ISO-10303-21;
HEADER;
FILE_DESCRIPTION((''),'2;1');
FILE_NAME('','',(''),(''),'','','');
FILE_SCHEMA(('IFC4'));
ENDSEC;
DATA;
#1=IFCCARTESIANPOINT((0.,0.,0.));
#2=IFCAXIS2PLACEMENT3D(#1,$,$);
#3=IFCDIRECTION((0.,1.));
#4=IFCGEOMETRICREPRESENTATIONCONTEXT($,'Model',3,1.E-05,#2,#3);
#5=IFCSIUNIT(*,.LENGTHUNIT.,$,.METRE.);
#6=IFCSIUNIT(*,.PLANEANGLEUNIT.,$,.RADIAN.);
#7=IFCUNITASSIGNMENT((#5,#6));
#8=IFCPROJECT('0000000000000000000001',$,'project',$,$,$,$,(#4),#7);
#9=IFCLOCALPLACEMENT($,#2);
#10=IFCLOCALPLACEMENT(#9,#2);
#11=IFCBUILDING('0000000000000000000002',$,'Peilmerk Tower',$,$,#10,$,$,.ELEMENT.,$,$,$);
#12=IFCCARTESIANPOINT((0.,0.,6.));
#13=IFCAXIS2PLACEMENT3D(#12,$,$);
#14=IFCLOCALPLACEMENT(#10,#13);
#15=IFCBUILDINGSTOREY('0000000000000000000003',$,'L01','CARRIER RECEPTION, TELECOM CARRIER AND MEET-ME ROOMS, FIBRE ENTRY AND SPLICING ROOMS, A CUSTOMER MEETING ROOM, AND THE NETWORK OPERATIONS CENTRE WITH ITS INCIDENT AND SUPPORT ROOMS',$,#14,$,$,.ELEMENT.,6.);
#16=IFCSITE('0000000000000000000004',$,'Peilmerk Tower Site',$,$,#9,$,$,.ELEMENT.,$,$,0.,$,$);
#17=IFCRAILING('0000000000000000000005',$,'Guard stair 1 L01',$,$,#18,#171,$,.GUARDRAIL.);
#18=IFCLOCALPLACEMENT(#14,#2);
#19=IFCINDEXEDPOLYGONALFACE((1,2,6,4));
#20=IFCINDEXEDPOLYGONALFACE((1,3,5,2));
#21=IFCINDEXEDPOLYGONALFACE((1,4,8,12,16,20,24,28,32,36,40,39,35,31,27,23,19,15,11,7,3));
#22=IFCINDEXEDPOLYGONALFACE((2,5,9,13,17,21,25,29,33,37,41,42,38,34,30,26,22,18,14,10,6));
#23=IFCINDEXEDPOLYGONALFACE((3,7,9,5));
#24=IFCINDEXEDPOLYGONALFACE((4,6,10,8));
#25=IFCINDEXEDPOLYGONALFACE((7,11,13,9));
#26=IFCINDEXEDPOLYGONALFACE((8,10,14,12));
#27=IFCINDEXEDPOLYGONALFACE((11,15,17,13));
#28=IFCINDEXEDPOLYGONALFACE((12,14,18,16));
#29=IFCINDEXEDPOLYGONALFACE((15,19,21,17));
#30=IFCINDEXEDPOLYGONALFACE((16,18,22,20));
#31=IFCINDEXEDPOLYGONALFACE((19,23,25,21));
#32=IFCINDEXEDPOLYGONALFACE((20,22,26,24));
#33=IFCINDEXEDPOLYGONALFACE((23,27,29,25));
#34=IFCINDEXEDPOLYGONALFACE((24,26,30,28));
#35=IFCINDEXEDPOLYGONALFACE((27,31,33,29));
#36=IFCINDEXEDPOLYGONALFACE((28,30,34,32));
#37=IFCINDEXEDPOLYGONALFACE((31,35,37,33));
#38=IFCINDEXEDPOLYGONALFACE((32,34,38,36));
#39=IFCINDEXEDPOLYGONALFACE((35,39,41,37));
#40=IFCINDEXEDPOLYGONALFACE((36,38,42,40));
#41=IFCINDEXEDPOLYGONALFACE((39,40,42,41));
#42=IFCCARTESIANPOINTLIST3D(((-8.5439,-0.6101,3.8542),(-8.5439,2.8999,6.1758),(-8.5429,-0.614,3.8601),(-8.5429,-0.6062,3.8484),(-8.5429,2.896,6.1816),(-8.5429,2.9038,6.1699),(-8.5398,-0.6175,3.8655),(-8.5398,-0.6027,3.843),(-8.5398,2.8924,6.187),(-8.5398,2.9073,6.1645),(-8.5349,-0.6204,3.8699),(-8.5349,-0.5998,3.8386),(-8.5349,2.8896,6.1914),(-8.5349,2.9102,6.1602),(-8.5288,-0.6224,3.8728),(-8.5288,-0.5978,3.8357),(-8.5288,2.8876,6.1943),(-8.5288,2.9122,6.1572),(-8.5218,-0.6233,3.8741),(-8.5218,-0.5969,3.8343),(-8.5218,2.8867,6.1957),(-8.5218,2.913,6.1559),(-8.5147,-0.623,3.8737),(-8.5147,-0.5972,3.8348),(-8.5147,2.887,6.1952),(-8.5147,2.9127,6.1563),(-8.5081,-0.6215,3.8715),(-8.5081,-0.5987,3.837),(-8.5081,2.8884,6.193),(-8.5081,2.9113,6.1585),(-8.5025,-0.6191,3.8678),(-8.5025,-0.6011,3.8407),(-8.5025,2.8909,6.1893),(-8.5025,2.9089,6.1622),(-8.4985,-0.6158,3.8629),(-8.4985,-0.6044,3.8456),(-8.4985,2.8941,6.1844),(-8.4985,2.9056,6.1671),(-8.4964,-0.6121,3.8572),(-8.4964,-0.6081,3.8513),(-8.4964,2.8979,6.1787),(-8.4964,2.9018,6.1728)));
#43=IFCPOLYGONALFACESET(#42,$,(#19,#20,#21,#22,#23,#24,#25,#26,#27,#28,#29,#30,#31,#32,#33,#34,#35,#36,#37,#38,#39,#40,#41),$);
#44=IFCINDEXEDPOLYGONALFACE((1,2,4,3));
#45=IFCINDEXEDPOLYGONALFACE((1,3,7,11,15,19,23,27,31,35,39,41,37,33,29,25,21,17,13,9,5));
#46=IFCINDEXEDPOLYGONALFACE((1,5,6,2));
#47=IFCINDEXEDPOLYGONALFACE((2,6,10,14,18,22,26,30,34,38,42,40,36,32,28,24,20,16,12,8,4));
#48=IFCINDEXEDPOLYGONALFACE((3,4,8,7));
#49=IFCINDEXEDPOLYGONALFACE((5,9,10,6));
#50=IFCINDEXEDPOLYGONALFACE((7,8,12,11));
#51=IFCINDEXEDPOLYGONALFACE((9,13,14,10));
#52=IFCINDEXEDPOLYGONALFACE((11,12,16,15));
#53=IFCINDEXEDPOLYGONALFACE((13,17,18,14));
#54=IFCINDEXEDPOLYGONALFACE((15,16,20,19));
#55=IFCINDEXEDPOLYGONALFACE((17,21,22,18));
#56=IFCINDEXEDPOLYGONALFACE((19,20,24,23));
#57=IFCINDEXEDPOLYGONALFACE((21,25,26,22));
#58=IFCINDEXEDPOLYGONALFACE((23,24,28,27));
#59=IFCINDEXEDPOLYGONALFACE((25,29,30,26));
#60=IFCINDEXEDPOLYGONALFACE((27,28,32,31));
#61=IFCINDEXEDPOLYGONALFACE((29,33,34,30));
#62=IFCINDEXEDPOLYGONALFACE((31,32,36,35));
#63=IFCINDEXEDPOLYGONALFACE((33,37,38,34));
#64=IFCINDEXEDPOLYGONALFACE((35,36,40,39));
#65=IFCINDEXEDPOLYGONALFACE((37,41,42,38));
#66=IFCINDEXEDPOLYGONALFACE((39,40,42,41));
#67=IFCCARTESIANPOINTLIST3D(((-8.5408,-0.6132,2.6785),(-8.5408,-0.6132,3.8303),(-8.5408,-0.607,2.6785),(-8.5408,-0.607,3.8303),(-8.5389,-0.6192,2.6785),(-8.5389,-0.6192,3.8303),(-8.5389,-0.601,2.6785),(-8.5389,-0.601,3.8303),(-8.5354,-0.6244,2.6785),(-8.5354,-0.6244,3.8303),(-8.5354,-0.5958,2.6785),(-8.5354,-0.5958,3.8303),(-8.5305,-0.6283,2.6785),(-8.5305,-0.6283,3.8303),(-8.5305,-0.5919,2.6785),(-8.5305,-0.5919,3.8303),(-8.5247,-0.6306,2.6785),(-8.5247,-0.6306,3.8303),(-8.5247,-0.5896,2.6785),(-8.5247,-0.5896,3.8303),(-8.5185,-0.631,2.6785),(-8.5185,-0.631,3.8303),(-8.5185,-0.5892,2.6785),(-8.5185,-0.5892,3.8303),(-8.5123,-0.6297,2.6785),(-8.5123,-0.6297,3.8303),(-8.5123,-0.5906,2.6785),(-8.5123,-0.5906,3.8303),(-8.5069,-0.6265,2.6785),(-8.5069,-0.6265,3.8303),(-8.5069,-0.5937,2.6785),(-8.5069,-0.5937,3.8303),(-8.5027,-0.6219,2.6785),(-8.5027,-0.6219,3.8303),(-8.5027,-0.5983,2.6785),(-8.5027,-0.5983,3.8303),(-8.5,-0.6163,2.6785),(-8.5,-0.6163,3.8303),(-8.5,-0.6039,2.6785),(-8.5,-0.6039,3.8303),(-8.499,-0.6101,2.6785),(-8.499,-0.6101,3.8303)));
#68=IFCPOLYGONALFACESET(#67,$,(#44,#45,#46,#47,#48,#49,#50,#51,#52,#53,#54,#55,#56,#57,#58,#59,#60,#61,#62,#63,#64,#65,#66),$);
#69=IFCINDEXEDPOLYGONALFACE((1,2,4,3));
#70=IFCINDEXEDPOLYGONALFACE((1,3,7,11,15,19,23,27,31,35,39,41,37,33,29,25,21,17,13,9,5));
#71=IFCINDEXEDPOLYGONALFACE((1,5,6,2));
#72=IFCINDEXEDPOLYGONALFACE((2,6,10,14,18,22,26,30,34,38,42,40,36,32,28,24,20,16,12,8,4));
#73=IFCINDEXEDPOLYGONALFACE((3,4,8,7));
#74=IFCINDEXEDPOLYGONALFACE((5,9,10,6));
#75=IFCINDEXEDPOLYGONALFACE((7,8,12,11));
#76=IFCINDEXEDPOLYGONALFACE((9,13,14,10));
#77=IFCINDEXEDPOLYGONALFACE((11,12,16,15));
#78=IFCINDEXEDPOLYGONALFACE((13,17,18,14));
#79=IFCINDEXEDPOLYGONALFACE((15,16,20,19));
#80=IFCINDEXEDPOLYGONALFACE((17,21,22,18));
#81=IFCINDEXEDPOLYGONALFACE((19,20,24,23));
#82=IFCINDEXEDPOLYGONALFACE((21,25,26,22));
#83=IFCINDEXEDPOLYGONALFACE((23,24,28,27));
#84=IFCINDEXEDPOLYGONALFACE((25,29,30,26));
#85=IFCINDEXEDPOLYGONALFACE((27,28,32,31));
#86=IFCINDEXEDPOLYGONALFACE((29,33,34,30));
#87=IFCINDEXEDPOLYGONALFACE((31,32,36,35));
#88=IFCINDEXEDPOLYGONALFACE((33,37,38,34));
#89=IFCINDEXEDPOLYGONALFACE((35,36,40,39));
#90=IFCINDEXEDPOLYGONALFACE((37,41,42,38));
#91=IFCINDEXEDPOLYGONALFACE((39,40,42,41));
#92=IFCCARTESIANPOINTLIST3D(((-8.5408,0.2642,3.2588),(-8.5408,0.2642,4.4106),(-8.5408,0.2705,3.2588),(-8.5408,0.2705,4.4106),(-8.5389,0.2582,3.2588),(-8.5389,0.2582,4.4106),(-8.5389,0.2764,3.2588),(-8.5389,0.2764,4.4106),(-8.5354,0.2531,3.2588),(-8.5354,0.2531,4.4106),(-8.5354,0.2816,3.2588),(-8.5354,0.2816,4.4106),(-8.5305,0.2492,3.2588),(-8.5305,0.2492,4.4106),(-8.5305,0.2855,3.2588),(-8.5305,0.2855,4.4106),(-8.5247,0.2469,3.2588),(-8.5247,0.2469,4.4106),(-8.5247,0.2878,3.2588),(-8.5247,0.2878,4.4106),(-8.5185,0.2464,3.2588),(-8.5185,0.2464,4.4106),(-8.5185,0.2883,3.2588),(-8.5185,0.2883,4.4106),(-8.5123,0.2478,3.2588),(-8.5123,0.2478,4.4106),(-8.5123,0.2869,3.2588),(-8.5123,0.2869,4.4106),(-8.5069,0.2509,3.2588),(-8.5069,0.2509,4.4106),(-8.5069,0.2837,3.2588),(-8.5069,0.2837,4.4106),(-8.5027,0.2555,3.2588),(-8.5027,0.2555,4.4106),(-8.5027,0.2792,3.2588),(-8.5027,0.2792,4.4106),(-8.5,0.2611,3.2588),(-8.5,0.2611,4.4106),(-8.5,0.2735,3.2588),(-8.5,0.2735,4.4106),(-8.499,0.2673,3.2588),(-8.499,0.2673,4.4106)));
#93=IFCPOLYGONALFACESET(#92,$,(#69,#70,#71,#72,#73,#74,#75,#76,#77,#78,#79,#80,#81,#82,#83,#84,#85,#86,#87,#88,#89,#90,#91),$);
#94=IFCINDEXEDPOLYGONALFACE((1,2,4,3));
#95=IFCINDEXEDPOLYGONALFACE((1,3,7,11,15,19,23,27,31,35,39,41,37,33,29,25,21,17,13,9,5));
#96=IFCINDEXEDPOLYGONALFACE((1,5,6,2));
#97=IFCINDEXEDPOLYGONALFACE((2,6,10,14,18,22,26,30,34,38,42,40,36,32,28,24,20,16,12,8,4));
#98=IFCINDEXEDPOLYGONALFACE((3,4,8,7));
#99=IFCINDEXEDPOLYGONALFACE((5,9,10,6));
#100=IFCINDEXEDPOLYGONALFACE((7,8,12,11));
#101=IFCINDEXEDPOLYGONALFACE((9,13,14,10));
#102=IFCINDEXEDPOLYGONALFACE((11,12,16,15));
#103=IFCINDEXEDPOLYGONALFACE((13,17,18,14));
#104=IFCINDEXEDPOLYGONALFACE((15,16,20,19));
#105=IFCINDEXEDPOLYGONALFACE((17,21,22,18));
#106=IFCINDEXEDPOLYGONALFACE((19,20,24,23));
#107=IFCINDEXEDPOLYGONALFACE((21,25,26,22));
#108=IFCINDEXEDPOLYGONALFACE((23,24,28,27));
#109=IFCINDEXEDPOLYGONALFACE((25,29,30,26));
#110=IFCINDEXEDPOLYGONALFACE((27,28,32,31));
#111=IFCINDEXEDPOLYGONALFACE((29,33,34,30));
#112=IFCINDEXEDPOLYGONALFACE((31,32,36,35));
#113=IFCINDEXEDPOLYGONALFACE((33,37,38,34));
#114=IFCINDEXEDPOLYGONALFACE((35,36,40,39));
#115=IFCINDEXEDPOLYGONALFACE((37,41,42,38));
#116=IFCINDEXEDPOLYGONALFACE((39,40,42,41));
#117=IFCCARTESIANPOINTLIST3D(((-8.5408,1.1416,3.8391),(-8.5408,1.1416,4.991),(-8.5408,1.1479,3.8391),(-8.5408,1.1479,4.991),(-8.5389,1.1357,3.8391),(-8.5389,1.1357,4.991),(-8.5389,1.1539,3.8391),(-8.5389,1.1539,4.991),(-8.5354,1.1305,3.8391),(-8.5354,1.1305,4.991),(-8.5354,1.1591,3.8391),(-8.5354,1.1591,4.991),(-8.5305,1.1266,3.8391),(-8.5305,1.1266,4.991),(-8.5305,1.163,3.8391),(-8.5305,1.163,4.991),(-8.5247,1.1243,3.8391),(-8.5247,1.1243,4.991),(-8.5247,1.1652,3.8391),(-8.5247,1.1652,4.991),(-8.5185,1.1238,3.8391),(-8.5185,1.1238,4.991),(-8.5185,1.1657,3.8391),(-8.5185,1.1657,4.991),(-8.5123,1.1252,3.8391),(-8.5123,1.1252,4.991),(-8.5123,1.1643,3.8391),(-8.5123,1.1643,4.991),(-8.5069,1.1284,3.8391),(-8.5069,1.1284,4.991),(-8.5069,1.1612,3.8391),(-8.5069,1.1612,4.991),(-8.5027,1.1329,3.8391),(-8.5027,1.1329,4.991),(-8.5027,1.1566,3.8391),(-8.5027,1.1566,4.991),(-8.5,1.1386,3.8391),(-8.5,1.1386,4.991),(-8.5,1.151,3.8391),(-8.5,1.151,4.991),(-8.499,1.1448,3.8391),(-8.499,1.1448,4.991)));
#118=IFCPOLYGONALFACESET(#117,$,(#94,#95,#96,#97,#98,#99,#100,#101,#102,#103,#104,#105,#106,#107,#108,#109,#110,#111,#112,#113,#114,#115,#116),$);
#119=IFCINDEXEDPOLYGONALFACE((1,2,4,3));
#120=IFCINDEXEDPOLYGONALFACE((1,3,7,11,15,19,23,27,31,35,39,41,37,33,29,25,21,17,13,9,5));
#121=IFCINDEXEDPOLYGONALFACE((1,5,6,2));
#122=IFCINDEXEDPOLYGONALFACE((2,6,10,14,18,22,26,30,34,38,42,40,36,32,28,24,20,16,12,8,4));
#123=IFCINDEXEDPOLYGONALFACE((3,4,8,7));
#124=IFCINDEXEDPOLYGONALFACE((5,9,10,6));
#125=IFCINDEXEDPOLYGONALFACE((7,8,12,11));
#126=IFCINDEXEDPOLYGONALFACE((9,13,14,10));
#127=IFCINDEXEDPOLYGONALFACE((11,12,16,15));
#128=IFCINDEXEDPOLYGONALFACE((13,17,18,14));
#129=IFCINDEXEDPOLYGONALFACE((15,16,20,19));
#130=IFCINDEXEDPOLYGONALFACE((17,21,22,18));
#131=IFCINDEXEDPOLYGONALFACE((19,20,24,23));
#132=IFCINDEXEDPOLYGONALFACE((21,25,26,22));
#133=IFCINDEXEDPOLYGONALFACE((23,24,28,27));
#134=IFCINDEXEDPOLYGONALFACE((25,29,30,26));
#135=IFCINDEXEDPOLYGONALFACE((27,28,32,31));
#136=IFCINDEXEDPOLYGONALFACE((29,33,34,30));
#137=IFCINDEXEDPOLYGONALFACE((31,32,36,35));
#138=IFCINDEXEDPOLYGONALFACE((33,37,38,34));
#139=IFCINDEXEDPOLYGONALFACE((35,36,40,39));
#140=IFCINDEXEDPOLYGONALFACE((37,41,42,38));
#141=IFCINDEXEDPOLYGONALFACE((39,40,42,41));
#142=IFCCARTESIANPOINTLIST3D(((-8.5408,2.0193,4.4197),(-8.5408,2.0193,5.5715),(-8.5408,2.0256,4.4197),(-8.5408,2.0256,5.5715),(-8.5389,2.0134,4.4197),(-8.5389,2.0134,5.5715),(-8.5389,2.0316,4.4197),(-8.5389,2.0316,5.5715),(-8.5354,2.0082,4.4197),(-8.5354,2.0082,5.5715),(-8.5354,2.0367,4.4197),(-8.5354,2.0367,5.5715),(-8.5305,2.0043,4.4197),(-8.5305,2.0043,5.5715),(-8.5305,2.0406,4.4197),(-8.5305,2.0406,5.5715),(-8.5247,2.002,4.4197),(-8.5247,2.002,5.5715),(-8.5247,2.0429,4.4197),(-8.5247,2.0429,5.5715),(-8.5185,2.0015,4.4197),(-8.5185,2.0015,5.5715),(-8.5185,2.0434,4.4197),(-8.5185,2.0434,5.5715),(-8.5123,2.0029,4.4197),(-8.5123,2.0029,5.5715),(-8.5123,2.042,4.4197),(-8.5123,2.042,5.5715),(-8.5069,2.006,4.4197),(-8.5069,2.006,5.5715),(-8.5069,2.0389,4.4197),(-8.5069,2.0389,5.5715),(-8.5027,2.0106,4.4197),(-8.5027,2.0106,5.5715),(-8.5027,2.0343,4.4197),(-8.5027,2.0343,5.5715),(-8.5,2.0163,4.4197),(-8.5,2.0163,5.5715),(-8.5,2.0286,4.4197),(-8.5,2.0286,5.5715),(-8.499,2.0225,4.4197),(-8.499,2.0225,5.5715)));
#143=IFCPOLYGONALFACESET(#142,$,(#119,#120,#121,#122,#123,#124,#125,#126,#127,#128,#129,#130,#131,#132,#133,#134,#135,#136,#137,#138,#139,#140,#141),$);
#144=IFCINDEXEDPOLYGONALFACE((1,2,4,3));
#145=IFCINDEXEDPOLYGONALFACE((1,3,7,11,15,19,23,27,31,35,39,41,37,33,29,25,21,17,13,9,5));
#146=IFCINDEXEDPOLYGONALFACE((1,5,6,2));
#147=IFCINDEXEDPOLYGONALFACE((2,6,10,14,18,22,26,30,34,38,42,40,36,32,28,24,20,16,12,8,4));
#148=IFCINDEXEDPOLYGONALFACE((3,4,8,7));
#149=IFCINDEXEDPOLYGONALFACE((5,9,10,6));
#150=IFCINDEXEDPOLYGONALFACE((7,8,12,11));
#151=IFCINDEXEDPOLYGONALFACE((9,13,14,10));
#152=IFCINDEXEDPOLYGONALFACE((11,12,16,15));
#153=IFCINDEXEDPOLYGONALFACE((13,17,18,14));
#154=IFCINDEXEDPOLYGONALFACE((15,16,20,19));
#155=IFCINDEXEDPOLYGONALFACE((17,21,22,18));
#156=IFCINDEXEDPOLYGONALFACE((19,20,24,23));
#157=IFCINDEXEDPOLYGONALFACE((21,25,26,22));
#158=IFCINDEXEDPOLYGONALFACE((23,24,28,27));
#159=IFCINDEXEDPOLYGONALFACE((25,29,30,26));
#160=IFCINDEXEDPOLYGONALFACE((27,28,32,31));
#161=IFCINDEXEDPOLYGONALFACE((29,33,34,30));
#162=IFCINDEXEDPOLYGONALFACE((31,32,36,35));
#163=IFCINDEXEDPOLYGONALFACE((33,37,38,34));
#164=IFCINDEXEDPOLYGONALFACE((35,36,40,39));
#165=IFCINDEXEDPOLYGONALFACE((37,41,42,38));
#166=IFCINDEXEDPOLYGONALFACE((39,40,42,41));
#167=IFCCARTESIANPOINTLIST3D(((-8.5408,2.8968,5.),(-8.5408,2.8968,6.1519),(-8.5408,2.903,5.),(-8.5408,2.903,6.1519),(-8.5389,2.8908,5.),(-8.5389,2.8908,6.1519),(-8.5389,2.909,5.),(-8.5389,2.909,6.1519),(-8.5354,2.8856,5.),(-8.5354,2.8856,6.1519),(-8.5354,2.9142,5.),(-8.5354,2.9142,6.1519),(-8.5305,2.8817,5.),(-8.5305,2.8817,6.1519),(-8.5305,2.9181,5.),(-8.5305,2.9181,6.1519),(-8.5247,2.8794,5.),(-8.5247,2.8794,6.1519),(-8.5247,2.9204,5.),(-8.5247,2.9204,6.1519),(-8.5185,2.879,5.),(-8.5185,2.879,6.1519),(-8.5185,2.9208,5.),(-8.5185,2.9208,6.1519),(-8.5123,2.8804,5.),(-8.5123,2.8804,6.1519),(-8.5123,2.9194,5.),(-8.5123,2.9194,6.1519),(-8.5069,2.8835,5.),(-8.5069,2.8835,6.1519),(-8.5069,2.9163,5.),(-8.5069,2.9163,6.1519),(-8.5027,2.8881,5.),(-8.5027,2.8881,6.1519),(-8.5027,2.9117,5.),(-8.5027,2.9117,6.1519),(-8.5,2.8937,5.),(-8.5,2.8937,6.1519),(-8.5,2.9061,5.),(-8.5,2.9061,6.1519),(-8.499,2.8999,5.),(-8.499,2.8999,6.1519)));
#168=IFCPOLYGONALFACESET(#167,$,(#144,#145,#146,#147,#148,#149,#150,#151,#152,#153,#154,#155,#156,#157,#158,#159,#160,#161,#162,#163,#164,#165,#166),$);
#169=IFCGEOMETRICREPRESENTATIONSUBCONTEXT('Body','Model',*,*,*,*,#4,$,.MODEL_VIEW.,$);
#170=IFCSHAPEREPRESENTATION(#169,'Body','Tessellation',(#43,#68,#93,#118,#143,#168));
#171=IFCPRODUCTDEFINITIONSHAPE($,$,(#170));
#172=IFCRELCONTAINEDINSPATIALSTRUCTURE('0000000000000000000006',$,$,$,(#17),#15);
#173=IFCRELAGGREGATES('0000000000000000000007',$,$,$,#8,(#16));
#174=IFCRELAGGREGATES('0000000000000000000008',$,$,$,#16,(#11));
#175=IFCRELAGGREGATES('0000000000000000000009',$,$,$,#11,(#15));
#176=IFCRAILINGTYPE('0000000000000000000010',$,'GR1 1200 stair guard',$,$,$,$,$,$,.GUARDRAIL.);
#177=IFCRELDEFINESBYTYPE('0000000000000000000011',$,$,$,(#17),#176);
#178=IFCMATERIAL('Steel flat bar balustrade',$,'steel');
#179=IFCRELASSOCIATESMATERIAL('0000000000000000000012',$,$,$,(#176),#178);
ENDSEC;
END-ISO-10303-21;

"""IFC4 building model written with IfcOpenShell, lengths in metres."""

from ifc_helpers import new_model, si_unit, direction, frame, origin, origin_2d, place, context, subcontext, project, spatial, circle, extrude, material, type_object, element, save


model = new_model("IFC4")

# Units and contexts
model_context = context("Model", 3, precision=1e-05, world=origin(), true_north=direction((0.0, 1.0)))
body_context = subcontext(model_context, "Body", "Model", "MODEL_VIEW")
ifc_project = project(units=[si_unit("LENGTHUNIT", "METRE"), si_unit("PLANEANGLEUNIT", "RADIAN")], contexts=[model_context])

# Site, building, storey
site_placement = place(None, origin())
site = spatial("IfcSite", under=ifc_project, at=site_placement, Name="Peilmerk Tower Site", CompositionType="ELEMENT", RefElevation=0.0)
building_placement = place(site_placement, origin())
building = spatial("IfcBuilding", under=site, at=building_placement, Name="Peilmerk Tower", CompositionType="ELEMENT")
storey_placement = place(building_placement, frame((0.0, 0.0, 6.0)))
storey = spatial("IfcBuildingStorey", under=building, at=storey_placement, Name="L01", Description="CARRIER RECEPTION, TELECOM CARRIER AND MEET-ME ROOMS, FIBRE ENTRY AND SPLICING ROOMS, A CUSTOMER MEETING ROOM, AND THE NETWORK OPERATIONS CENTRE WITH ITS INCIDENT AND SUPPORT ROOMS", CompositionType="ELEMENT", Elevation=6.0)

# Railing
ifc_material_1 = material(Name="Steel flat bar balustrade", Category="steel")
railing_type = type_object("IfcRailingType", Name="GR1 1200 stair guard", PredefinedType="GUARDRAIL", material=ifc_material_1)
railing_placement = place(storey_placement, frame((-8.52, -0.6101, 2.6785)))
element("IfcRailing", 1, at=railing_placement, inside=storey, type_object=railing_type, Name="Guard stair 1 L01", PredefinedType="GUARDRAIL", context=body_context, shape_type="SweptSolid", body=[
    extrude(circle(Radius=0.0239, at=origin_2d()), frame((0.0, 0.0, 1.1758), z_axis=(0.0, 0.834071, 0.551657), x_axis=(-1.0, 0.0, 0.0)), (0.0, 0.0, 1.0), 4.2083),
    extrude(circle(Radius=0.021, at=origin_2d()), origin(), (0.0, 0.0, 1.0), 1.1519),
    extrude(circle(Radius=0.021, at=origin_2d()), frame((0.0, 0.8774, 0.5803)), (0.0, 0.0, 1.0), 1.1519),
    extrude(circle(Radius=0.021, at=origin_2d()), frame((0.0, 1.7549, 1.1606)), (0.0, 0.0, 1.0), 1.1519),
    extrude(circle(Radius=0.021, at=origin_2d()), frame((0.0, 2.6326, 1.7412)), (0.0, 0.0, 1.0), 1.1519),
    extrude(circle(Radius=0.021, at=origin_2d()), frame((0.0, 3.51, 2.3215)), (0.0, 0.0, 1.0), 1.1519),
])

save(model, "model.ifc")
